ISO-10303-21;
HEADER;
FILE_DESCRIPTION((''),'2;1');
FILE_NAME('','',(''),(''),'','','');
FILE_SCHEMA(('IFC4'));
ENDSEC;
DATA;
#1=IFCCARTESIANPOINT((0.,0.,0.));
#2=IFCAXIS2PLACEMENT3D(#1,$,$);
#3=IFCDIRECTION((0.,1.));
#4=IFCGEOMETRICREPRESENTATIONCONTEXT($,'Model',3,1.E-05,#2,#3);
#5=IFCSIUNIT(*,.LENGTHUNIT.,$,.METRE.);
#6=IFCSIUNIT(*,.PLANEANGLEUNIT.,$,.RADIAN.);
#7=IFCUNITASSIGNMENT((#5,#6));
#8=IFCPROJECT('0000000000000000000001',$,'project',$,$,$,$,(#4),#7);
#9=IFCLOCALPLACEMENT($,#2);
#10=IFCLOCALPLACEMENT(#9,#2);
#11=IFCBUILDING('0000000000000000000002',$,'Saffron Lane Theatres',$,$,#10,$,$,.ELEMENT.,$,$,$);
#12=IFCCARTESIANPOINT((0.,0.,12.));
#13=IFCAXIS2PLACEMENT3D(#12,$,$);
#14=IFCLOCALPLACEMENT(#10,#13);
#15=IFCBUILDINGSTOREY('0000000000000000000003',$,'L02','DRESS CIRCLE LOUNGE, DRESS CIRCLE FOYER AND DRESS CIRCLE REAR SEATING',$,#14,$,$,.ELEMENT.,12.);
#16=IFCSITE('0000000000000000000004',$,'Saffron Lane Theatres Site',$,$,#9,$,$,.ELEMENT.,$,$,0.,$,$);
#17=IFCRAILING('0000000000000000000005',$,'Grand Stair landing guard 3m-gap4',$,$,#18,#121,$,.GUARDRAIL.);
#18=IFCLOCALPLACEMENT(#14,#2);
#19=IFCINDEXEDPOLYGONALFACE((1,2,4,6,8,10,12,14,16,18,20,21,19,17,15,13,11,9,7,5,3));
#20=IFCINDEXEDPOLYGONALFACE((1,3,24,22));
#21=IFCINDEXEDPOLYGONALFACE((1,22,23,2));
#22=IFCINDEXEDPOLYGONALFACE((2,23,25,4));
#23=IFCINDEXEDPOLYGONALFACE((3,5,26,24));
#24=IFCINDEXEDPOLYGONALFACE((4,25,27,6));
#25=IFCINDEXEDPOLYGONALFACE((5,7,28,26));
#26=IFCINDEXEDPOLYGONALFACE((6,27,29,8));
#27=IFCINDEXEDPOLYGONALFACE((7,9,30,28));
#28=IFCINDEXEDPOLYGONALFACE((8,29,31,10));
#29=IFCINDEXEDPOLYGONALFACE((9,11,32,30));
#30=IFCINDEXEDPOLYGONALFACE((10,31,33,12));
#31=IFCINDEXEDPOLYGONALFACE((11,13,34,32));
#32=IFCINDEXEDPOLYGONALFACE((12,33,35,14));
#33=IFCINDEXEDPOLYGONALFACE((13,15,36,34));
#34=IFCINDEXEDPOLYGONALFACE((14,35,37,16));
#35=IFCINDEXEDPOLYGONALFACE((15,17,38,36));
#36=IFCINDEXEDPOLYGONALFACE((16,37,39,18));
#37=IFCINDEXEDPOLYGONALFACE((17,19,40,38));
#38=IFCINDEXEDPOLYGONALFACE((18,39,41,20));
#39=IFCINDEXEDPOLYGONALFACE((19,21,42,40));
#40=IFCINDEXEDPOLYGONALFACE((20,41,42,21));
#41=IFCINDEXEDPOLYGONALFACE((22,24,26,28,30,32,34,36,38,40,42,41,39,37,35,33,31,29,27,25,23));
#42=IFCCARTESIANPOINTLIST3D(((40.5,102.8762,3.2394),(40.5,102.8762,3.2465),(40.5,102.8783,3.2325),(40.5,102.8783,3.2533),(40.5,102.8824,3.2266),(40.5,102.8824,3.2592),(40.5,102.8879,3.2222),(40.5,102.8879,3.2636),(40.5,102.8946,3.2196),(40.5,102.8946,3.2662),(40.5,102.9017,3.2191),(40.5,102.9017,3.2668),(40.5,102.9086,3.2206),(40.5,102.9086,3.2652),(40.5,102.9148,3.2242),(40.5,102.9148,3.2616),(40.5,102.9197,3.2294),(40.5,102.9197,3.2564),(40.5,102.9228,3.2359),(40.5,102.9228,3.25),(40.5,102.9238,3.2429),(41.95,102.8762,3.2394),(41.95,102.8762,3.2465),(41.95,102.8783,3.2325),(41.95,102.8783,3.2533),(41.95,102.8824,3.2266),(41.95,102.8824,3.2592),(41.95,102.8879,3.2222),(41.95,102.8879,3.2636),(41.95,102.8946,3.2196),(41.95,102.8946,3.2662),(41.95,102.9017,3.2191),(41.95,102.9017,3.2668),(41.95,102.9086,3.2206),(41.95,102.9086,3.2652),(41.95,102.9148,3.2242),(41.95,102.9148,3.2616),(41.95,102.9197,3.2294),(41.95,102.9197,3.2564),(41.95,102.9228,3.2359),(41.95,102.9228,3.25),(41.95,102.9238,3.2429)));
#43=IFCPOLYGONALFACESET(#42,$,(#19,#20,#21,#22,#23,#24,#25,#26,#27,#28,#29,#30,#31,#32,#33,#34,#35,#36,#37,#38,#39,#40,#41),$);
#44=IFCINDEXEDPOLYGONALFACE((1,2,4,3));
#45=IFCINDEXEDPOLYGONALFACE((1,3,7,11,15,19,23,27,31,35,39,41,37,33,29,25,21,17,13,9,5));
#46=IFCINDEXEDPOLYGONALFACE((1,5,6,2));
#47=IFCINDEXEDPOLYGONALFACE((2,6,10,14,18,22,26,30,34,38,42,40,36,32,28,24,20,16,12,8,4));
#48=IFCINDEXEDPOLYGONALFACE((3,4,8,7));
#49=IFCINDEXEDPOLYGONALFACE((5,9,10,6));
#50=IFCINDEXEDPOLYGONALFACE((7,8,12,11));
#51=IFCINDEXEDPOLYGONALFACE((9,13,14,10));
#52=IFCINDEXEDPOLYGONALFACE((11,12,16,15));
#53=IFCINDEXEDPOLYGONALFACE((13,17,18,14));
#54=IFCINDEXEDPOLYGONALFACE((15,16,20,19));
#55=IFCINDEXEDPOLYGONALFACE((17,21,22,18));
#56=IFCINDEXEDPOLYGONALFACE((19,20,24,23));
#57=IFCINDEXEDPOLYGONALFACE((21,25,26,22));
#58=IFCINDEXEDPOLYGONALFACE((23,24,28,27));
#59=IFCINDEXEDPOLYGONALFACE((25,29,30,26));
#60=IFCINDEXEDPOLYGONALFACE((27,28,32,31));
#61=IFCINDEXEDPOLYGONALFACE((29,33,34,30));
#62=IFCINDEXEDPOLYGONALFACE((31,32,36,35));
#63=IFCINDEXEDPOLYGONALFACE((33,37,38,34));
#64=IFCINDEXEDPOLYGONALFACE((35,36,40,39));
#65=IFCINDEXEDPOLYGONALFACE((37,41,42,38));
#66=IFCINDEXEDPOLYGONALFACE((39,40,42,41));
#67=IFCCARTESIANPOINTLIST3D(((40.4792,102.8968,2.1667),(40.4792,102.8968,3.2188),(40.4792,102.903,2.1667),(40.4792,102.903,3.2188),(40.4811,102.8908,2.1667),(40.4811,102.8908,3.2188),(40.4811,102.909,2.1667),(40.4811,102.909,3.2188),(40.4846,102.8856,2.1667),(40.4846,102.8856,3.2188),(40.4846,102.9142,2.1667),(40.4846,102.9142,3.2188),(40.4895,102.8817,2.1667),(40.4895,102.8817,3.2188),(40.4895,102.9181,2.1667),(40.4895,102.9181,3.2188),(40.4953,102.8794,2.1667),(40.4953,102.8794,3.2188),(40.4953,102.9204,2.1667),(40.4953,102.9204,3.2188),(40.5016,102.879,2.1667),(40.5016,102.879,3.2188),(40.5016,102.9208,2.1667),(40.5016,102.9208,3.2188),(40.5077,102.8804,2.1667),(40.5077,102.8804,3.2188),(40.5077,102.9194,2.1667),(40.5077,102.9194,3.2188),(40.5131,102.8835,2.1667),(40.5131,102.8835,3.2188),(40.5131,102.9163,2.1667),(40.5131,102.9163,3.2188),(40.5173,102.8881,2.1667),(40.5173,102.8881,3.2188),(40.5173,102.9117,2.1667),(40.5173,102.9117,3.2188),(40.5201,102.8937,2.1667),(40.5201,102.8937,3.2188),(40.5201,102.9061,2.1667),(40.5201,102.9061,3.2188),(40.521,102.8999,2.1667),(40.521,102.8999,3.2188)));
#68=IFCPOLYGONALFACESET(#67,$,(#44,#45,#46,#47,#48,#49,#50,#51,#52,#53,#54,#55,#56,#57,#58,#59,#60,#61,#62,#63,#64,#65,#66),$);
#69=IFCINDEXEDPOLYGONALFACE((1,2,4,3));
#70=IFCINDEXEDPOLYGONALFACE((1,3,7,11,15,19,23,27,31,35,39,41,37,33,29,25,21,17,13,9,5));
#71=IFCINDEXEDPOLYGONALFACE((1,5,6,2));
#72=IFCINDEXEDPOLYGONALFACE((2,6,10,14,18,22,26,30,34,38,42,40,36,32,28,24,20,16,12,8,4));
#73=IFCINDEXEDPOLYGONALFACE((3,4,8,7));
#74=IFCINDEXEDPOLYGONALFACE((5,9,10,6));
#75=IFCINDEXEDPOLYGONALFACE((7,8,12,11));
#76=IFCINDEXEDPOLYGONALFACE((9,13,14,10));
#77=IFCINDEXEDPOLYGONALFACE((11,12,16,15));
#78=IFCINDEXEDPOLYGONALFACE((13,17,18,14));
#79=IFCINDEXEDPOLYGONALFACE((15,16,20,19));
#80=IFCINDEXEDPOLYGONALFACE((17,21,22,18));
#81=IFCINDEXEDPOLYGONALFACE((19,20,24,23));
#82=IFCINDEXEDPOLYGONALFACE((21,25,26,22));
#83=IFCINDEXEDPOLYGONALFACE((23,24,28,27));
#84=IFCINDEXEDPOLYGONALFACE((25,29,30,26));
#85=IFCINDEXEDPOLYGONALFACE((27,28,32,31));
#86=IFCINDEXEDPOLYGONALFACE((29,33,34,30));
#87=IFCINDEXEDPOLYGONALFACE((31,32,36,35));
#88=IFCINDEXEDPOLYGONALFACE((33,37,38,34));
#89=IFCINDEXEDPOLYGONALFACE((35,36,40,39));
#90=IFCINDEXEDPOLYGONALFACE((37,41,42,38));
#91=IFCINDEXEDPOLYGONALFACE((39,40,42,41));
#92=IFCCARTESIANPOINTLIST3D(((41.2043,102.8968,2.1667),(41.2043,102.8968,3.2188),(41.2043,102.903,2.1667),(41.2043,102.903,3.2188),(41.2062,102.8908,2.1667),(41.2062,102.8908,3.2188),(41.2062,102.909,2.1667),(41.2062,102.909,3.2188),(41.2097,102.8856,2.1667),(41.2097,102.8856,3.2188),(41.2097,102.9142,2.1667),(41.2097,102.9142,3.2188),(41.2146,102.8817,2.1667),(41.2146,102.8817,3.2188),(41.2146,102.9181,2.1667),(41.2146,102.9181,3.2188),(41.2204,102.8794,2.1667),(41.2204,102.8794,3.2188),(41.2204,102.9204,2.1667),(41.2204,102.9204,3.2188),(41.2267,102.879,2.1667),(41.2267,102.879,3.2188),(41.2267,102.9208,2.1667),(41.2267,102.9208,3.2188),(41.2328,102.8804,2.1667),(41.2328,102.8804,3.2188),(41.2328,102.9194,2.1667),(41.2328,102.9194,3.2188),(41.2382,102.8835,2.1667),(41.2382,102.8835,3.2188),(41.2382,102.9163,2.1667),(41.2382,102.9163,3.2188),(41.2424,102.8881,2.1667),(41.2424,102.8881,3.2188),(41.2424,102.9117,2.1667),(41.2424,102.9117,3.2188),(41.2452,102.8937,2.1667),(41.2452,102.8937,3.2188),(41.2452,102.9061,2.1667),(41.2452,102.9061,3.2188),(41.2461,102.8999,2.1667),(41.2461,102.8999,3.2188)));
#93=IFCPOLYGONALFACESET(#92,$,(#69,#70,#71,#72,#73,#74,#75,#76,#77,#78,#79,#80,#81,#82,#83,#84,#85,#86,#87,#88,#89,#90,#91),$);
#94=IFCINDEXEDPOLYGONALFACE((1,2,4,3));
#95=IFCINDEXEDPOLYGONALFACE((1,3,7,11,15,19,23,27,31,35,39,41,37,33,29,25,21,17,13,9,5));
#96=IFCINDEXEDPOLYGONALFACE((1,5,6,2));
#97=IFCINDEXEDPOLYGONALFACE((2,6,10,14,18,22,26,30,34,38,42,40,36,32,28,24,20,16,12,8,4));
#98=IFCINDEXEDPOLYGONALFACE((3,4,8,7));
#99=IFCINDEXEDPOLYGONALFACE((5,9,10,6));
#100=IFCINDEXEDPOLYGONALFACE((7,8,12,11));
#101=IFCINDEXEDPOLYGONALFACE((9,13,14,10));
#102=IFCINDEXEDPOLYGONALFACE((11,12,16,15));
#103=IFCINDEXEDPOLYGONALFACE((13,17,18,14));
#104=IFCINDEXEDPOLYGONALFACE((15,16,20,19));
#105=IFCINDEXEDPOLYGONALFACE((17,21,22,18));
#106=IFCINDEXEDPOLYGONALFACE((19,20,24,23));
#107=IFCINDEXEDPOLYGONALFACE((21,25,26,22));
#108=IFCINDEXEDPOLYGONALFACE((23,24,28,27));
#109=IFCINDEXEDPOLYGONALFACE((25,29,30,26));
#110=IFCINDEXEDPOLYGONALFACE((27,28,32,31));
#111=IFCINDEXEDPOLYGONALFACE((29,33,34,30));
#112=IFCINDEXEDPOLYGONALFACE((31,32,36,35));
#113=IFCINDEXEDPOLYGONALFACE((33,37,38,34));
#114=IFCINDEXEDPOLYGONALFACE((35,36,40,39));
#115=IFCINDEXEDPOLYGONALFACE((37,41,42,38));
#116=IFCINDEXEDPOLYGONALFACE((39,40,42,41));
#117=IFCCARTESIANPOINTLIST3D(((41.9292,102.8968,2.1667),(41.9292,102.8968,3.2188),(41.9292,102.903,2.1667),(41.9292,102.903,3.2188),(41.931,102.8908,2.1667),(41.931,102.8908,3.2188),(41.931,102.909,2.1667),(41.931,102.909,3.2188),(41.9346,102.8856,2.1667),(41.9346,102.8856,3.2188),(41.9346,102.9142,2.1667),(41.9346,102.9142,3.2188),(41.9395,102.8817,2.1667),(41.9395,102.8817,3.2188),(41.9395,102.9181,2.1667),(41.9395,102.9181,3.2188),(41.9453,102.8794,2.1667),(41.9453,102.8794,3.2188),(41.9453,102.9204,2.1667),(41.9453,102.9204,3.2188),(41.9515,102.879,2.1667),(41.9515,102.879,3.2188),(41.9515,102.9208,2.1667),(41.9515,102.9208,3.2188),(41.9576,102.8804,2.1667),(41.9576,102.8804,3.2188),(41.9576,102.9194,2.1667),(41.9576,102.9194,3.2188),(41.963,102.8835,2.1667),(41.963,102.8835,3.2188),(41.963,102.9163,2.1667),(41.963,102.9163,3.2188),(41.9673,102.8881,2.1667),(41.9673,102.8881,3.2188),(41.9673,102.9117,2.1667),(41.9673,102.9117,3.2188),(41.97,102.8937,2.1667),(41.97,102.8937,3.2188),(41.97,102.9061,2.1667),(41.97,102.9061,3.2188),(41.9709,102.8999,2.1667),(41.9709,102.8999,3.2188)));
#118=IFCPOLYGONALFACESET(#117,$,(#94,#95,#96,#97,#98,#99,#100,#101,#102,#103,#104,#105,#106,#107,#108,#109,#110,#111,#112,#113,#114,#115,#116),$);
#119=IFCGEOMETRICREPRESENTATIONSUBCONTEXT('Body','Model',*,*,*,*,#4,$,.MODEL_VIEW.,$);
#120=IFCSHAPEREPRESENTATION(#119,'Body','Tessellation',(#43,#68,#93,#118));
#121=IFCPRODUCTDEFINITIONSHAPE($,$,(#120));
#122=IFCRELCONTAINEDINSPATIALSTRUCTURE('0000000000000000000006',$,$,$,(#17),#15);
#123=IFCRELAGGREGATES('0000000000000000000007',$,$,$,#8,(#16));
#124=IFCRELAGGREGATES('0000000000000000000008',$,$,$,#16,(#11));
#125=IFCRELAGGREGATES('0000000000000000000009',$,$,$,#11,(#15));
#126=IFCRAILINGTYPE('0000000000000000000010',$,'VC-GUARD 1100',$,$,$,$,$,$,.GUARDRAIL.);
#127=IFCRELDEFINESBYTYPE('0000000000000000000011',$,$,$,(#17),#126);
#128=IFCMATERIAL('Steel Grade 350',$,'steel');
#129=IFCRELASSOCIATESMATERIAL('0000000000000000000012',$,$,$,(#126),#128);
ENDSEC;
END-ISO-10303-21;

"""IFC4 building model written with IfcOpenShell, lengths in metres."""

from ifc_helpers import new_model, si_unit, direction, frame, origin, origin_2d, place, context, subcontext, project, spatial, circle, extrude, material, type_object, element, save


model = new_model("IFC4")

# Units and contexts
model_context = context("Model", 3, precision=1e-05, world=origin(), true_north=direction((0.0, 1.0)))
body_context = subcontext(model_context, "Body", "Model", "MODEL_VIEW")
ifc_project = project(units=[si_unit("LENGTHUNIT", "METRE"), si_unit("PLANEANGLEUNIT", "RADIAN")], contexts=[model_context])

# Site, building, storey
site_placement = place(None, origin())
site = spatial("IfcSite", under=ifc_project, at=site_placement, Name="Saffron Lane Theatres Site", CompositionType="ELEMENT", RefElevation=0.0)
building_placement = place(site_placement, origin())
building = spatial("IfcBuilding", under=site, at=building_placement, Name="Saffron Lane Theatres", CompositionType="ELEMENT")
storey_placement = place(building_placement, frame((0.0, 0.0, 12.0)))
storey = spatial("IfcBuildingStorey", under=building, at=storey_placement, Name="L02", Description="DRESS CIRCLE LOUNGE, DRESS CIRCLE FOYER AND DRESS CIRCLE REAR SEATING", CompositionType="ELEMENT", Elevation=12.0)

# Railing
ifc_material_1 = material(Name="Steel Grade 350", Category="steel")
railing_type_1 = type_object("IfcRailingType", Name="VC-GUARD 1100", PredefinedType="GUARDRAIL", material=ifc_material_1)
railing_1_placement = place(storey_placement, frame((40.5, 102.8999, 2.1667)))
element("IfcRailing", 1, at=railing_1_placement, inside=storey, type_object=railing_type_1, Name="Grand Stair landing guard 3m-gap4", PredefinedType="GUARDRAIL", context=body_context, shape_type="SweptSolid", body=[
    extrude(circle(Radius=0.0239, at=origin_2d()), frame((0.0, 0.0, 1.0762), z_axis=(1.0, 0.0, 0.0), x_axis=(0.0, 1.0, 0.0)), (0.0, 0.0, 1.0), 1.45),
    extrude(circle(Radius=0.021, at=origin_2d()), origin(), (0.0, 0.0, 1.0), 1.052),
    extrude(circle(Radius=0.021, at=origin_2d()), frame((0.7251, 0.0, 0.0)), (0.0, 0.0, 1.0), 1.052),
    extrude(circle(Radius=0.021, at=origin_2d()), frame((1.45, 0.0, 0.0)), (0.0, 0.0, 1.0), 1.052),
])

save(model, "model.ifc")
